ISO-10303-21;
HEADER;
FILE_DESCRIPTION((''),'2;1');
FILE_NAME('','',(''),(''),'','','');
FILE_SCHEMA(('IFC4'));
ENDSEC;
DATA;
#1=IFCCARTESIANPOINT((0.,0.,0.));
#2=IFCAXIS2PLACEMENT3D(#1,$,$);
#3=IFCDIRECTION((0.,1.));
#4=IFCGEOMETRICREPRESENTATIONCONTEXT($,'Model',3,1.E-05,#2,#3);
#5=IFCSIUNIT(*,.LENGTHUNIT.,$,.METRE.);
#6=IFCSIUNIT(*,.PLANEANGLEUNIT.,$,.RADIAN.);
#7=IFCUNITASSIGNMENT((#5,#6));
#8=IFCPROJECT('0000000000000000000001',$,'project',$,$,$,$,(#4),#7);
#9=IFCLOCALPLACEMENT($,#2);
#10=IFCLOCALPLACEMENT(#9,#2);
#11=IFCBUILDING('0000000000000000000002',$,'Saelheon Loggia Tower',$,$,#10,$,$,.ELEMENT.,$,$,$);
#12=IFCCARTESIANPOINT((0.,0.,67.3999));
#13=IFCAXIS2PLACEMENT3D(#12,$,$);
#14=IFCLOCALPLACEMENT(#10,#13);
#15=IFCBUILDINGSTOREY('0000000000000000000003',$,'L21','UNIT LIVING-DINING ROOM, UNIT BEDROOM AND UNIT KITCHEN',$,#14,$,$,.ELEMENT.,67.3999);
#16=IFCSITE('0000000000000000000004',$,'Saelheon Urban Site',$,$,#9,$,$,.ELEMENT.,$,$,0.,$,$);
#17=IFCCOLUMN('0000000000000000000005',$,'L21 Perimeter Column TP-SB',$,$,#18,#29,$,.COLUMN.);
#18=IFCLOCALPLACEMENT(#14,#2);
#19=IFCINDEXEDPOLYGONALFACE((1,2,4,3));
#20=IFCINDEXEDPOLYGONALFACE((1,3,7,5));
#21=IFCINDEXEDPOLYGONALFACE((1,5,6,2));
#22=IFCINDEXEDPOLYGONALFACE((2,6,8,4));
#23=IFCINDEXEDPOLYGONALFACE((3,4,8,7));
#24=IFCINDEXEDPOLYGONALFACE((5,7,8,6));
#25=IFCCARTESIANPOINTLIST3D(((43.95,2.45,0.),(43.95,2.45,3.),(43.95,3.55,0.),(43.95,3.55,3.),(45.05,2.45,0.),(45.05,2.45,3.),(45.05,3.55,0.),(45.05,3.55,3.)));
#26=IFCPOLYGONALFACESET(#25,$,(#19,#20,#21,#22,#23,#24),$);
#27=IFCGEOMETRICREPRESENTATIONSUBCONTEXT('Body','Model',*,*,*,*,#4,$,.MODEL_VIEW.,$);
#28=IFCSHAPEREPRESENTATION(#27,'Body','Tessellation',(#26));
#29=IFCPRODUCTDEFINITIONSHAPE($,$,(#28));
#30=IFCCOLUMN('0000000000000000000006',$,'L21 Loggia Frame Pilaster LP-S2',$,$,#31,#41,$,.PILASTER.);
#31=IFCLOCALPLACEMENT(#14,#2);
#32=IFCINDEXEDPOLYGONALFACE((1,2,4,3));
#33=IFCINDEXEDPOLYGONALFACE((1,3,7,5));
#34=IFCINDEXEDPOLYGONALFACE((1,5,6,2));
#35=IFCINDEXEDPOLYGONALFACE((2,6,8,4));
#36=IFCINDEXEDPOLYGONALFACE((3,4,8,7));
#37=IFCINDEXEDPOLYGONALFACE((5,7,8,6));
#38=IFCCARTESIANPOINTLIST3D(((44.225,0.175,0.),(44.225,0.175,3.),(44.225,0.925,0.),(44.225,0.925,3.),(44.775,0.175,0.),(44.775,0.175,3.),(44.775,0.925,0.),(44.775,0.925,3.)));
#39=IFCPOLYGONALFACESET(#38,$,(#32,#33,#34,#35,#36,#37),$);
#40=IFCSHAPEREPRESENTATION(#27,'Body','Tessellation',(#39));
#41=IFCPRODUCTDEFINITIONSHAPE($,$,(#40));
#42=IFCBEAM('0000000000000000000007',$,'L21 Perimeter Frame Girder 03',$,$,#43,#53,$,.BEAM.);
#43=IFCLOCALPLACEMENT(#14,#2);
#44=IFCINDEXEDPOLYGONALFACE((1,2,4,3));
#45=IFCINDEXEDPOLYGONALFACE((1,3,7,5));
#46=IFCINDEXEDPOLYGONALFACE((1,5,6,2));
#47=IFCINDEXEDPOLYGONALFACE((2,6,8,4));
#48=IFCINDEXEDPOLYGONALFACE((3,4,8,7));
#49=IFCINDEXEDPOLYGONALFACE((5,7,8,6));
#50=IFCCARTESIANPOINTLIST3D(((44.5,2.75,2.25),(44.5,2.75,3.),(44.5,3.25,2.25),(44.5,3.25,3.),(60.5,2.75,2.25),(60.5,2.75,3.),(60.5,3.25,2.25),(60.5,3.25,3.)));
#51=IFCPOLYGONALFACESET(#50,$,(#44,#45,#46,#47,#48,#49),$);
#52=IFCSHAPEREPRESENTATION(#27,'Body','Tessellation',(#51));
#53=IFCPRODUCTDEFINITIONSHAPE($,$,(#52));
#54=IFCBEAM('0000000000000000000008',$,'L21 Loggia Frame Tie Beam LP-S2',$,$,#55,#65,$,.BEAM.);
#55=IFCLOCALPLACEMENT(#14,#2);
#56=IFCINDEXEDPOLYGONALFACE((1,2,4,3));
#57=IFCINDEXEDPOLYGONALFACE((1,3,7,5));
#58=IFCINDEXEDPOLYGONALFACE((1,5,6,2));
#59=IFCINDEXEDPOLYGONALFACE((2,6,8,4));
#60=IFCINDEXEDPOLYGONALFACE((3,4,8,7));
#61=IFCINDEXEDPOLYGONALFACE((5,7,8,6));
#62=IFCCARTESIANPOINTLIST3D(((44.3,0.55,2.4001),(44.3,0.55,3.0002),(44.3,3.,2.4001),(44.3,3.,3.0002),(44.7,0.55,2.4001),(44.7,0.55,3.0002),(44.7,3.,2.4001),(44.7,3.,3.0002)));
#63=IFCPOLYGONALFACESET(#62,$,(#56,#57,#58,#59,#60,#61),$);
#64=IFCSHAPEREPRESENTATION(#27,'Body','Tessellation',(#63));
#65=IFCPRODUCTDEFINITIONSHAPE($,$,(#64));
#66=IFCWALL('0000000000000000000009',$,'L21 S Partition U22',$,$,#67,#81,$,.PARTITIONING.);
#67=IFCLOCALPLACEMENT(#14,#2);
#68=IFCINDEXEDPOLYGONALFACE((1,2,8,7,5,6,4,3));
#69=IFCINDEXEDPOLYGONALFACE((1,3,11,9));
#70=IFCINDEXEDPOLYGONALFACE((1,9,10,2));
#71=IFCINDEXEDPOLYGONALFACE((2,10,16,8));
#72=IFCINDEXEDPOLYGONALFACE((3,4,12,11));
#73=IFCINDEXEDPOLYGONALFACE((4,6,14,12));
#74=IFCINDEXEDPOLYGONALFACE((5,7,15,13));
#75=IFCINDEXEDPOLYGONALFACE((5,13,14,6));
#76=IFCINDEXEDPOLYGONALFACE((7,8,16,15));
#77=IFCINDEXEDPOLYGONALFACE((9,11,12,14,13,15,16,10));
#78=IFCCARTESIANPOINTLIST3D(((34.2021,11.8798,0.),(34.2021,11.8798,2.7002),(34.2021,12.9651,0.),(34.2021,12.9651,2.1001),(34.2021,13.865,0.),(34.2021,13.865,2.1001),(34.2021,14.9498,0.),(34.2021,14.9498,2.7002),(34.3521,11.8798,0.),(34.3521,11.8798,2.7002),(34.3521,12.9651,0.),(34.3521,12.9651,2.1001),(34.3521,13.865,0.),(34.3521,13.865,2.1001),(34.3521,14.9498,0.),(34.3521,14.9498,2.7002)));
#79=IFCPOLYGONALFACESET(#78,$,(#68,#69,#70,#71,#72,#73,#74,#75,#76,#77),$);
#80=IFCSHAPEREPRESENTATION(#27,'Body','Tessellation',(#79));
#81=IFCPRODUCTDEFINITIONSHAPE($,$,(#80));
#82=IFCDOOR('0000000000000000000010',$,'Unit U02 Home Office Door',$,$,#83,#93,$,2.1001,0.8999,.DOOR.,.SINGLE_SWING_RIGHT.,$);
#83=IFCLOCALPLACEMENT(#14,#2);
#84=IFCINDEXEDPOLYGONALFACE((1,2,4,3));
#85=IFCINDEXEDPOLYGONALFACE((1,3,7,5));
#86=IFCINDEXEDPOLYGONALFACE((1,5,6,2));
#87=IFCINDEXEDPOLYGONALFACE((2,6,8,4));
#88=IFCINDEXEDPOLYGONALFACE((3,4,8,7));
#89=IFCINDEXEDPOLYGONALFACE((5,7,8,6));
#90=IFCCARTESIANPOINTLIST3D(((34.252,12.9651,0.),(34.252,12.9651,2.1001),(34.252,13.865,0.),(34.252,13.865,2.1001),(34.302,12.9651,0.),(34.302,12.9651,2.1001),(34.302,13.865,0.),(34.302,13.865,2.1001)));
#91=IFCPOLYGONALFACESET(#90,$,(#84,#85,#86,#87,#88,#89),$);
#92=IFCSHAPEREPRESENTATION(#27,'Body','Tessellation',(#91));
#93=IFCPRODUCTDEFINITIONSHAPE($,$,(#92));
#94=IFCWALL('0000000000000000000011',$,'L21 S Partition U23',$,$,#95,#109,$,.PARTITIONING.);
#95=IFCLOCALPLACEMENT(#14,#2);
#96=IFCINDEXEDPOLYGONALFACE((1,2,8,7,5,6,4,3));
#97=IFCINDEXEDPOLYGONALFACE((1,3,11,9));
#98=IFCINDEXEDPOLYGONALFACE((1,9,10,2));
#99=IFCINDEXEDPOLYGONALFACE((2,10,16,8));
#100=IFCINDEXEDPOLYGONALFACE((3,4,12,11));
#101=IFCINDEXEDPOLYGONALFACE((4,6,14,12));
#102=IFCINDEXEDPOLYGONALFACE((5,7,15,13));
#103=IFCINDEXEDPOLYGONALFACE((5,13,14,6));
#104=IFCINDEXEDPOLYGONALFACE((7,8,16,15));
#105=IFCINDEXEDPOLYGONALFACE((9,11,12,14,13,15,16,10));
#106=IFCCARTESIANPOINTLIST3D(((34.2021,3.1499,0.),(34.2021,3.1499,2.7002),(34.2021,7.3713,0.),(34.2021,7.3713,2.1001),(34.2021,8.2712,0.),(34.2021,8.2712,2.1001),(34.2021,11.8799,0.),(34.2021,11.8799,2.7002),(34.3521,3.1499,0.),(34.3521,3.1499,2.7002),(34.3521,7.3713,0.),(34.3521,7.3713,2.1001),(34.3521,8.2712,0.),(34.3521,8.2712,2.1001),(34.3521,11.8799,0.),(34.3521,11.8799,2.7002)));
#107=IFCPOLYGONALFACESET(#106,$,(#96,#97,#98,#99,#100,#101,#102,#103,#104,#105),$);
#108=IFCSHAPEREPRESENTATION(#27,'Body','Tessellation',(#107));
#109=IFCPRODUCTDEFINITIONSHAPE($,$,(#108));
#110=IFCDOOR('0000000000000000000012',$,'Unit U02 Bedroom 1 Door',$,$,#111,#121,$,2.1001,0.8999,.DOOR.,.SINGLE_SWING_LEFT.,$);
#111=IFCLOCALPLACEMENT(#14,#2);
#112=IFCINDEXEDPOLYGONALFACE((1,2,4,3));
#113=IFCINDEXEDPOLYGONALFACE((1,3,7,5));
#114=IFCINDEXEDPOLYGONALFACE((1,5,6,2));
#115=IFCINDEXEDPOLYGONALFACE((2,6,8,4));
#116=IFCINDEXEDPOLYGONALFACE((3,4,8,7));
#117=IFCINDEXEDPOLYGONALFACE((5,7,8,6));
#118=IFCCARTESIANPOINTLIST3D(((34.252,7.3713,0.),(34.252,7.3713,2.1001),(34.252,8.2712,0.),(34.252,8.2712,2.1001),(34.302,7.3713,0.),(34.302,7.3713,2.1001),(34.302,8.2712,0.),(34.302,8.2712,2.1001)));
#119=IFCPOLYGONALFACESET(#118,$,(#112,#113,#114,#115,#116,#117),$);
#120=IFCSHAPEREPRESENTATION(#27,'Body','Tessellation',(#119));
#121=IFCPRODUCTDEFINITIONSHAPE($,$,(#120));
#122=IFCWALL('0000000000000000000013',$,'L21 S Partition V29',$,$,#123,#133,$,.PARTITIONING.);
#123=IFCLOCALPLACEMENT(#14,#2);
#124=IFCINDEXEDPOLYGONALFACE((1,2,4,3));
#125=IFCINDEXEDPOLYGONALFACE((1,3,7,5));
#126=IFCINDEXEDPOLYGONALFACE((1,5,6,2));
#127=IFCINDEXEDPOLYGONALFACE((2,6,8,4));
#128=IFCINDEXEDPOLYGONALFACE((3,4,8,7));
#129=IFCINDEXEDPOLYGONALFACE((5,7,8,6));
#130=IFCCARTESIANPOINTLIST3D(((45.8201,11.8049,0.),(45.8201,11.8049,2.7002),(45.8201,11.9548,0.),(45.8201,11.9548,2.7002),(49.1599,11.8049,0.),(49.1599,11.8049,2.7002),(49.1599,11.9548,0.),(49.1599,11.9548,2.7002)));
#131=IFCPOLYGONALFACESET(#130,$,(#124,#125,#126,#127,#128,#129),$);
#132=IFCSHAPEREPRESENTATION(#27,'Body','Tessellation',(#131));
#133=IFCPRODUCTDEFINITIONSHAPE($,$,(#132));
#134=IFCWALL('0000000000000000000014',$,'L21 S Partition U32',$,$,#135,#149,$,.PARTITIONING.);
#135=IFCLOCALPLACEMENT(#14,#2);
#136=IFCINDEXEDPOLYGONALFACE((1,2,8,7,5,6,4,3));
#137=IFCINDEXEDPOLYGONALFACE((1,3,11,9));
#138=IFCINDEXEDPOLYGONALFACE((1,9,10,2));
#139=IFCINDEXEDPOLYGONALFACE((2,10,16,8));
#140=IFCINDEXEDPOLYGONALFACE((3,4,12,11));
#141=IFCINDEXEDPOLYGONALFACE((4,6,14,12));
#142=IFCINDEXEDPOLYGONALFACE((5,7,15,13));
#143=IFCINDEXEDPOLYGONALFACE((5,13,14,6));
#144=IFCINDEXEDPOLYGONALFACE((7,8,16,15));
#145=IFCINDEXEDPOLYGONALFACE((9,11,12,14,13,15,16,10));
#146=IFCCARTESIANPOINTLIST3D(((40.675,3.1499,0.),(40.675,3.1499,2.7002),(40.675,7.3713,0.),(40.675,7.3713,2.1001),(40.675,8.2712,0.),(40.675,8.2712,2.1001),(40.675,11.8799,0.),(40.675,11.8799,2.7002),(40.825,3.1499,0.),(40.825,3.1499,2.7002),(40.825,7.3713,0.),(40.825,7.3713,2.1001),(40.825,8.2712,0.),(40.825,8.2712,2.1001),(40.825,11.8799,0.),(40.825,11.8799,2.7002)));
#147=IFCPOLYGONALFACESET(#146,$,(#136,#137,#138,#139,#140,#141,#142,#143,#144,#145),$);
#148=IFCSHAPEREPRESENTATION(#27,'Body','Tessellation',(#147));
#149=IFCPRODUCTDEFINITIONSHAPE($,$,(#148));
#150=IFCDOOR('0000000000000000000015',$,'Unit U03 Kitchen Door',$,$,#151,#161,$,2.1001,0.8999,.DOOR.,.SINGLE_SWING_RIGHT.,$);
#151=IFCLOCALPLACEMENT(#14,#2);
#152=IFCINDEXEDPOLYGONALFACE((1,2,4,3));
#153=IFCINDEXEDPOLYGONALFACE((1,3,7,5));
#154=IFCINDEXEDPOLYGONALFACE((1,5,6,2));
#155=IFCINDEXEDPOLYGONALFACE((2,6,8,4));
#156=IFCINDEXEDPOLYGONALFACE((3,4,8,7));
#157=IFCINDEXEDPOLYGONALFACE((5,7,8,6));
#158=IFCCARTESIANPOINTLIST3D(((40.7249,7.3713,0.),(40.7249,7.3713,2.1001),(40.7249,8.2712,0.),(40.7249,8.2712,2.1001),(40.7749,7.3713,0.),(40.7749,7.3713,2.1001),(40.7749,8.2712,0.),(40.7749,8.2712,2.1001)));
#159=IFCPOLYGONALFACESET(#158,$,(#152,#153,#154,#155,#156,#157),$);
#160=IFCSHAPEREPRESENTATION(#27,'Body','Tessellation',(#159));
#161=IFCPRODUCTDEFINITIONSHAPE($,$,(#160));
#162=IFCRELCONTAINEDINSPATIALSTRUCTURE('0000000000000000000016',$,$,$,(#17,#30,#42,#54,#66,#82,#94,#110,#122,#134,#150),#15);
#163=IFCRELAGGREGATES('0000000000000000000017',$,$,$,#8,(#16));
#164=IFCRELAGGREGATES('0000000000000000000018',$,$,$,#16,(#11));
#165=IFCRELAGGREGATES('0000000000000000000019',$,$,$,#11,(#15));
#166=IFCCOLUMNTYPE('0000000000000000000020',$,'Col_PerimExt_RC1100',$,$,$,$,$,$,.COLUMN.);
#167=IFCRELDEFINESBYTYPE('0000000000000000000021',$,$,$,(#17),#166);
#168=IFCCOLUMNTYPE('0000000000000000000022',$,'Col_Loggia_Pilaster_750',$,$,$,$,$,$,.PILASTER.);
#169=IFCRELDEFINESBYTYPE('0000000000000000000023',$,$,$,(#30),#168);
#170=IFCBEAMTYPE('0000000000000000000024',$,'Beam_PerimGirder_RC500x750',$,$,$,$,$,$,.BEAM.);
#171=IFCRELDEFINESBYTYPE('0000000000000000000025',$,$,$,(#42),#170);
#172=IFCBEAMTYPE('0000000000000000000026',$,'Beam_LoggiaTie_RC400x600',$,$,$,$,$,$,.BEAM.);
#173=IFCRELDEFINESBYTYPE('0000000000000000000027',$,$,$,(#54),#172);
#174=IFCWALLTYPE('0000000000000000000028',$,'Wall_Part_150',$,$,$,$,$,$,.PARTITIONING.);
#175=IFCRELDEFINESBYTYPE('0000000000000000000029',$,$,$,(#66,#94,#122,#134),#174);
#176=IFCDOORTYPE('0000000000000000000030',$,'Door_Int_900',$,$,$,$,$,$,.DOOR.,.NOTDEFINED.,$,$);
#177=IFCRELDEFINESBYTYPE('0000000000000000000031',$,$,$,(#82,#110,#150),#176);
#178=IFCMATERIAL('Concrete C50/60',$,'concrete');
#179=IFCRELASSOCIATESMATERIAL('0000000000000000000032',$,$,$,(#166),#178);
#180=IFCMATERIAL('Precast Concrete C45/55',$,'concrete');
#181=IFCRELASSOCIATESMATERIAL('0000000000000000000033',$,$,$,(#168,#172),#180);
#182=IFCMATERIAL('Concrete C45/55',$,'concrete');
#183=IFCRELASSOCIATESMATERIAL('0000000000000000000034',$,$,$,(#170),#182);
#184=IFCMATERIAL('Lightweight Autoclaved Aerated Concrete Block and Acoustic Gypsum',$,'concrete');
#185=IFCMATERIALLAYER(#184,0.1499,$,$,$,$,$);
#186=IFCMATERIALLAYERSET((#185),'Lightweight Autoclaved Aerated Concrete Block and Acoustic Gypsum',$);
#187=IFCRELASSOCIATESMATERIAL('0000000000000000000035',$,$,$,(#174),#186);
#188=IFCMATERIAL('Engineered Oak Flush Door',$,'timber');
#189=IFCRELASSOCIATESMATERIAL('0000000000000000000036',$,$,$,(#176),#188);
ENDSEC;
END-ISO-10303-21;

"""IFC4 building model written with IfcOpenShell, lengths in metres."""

from ifc_helpers import new_model, si_unit, direction, frame, frame_2d, origin, origin_2d, place, context, subcontext, project, spatial, rectangle, extrude, source, transform, mapped, material, layer, layer_set, material_profile, profile_set, type_object, element, fill, save


model = new_model("IFC4")

# Units and contexts
model_context = context("Model", 3, precision=1e-05, world=origin(), true_north=direction((0.0, 1.0)))
body_context = subcontext(model_context, "Body", "Model", "MODEL_VIEW")
ifc_project = project(units=[si_unit("LENGTHUNIT", "METRE"), si_unit("PLANEANGLEUNIT", "RADIAN")], contexts=[model_context])

# Site, building, storey
site_placement = place(None, origin())
site = spatial("IfcSite", under=ifc_project, at=site_placement, Name="Saelheon Urban Site", CompositionType="ELEMENT", RefElevation=0.0)
building_placement = place(site_placement, origin())
building = spatial("IfcBuilding", under=site, at=building_placement, Name="Saelheon Loggia Tower", CompositionType="ELEMENT")
storey_placement = place(building_placement, frame((0.0, 0.0, 67.3999)))
storey = spatial("IfcBuildingStorey", under=building, at=storey_placement, Name="L21", Description="UNIT LIVING-DINING ROOM, UNIT BEDROOM AND UNIT KITCHEN", CompositionType="ELEMENT", Elevation=67.3999)

# Columns
ifc_material_1 = material(Name="Concrete C50/60", Category="concrete")
ifc_material_profile_1 = material_profile(ifc_material_1, rectangle(XDim=1.1001, YDim=1.1001, at=origin_2d()), Name="RC-1100x1100")
ifc_profile_set_1 = profile_set([ifc_material_profile_1], Name="Concrete C50/60")
column_type_1 = type_object("IfcColumnType", Name="Col_PerimExt_RC1100", PredefinedType="COLUMN", material=ifc_profile_set_1)
shared_shape_1 = source(origin(), body_context, "Body", "SweptSolid", [
    extrude(rectangle(XDim=1.1001, YDim=1.1001, at=origin_2d()), origin(), (0.0, 0.0, 1.0), 3.0),
])
column_1_placement = place(storey_placement, frame((44.5, 3.0, 0.0), z_axis=(0.0, 0.0, 1.0), x_axis=(1.0, 0.0, 0.0)))
element("IfcColumn", 1, at=column_1_placement, inside=storey, type_object=column_type_1, Name="L21 Perimeter Column TP-SB", PredefinedType="COLUMN", context=body_context, shape_type="MappedRepresentation", body=[
    mapped(shared_shape_1, transform((0.0, 0.0, 0.0), scale=1.0)),
])
ifc_material_2 = material(Name="Precast Concrete C45/55", Category="concrete")
ifc_material_profile_2 = material_profile(ifc_material_2, rectangle(XDim=0.55, YDim=0.75, at=origin_2d()), Name="RC-550x750")
ifc_profile_set_2 = profile_set([ifc_material_profile_2], Name="Precast Concrete C45/55")
column_type_2 = type_object("IfcColumnType", Name="Col_Loggia_Pilaster_750", PredefinedType="PILASTER", material=ifc_profile_set_2)
shared_shape_2 = source(origin(), body_context, "Body", "SweptSolid", [
    extrude(rectangle(XDim=0.55, YDim=0.75, at=origin_2d()), origin(), (0.0, 0.0, 1.0), 3.0),
])
column_2_placement = place(storey_placement, frame((44.5, 0.55, 0.0), z_axis=(0.0, 0.0, 1.0), x_axis=(1.0, 0.0, 0.0)))
element("IfcColumn", 2, at=column_2_placement, inside=storey, type_object=column_type_2, Name="L21 Loggia Frame Pilaster LP-S2", PredefinedType="PILASTER", context=body_context, shape_type="MappedRepresentation", body=[
    mapped(shared_shape_2, transform((0.0, 0.0, 0.0), scale=1.0)),
])

# Beams
ifc_material_3 = material(Name="Concrete C45/55", Category="concrete")
ifc_material_profile_3 = material_profile(ifc_material_3, rectangle(XDim=0.5, YDim=0.75, at=origin_2d()), Name="RC-500x750")
ifc_profile_set_3 = profile_set([ifc_material_profile_3], Name="Concrete C45/55")
beam_type_1 = type_object("IfcBeamType", Name="Beam_PerimGirder_RC500x750", PredefinedType="BEAM", material=ifc_profile_set_3)
shared_shape_3 = source(origin(), body_context, "Body", "SweptSolid", [
    extrude(rectangle(XDim=0.5, YDim=0.75, at=origin_2d()), origin(), (0.0, 0.0, 1.0), 16.0),
])
beam_1_placement = place(storey_placement, frame((44.5, 3.0, 2.625), z_axis=(1.0, 0.0, 0.0), x_axis=(0.0, 1.0, 0.0)))
element("IfcBeam", 3, at=beam_1_placement, inside=storey, type_object=beam_type_1, Name="L21 Perimeter Frame Girder 03", PredefinedType="BEAM", context=body_context, shape_type="MappedRepresentation", body=[
    mapped(shared_shape_3, transform((0.0, 0.0, 0.0), scale=1.0)),
])
ifc_material_profile_4 = material_profile(ifc_material_2, rectangle(XDim=0.3999, YDim=0.6001, at=origin_2d()), Name="RC-400x600")
ifc_profile_set_4 = profile_set([ifc_material_profile_4], Name="Precast Concrete C45/55")
beam_type_2 = type_object("IfcBeamType", Name="Beam_LoggiaTie_RC400x600", PredefinedType="BEAM", material=ifc_profile_set_4)
shared_shape_4 = source(origin(), body_context, "Body", "SweptSolid", [
    extrude(rectangle(XDim=0.3999, YDim=0.6001, at=origin_2d()), origin(), (0.0, 0.0, 1.0), 2.45),
])
beam_2_placement = place(storey_placement, frame((44.5, 3.0, 2.7002), z_axis=(0.0, -1.0, 0.0), x_axis=(1.0, 0.0, 0.0)))
element("IfcBeam", 4, at=beam_2_placement, inside=storey, type_object=beam_type_2, Name="L21 Loggia Frame Tie Beam LP-S2", PredefinedType="BEAM", context=body_context, shape_type="MappedRepresentation", body=[
    mapped(shared_shape_4, transform((0.0, 0.0, 0.0), scale=1.0)),
])

# Walls, openings, doors
ifc_material_4 = material(Name="Lightweight Autoclaved Aerated Concrete Block and Acoustic Gypsum", Category="concrete")
ifc_layer_1 = layer(ifc_material_4, 0.1499)
ifc_layer_set_1 = layer_set([ifc_layer_1], Name="Lightweight Autoclaved Aerated Concrete Block and Acoustic Gypsum")
wall_type_1 = type_object("IfcWallType", Name="Wall_Part_150", PredefinedType="PARTITIONING", material=ifc_layer_set_1)
wall_1_placement = place(storey_placement, frame((34.2771, 14.95, 0.0), z_axis=(0.0, 0.0, 1.0), x_axis=(0.0, -1.0, 0.0)))
wall_1 = element("IfcWall", 5, at=wall_1_placement, inside=storey, type_object=wall_type_1, Name="L21 S Partition U22", PredefinedType="PARTITIONING", context=body_context, shape_type="SweptSolid", body=[
    extrude(rectangle(XDim=3.0701, YDim=0.1499, at=frame_2d((1.5352, 0.0))), origin(), (0.0, 0.0, 1.0), 2.7002),
])
opening_1_placement = place(wall_1_placement, frame((1.085, 0.0, 0.0)))
opening_1 = element("IfcOpeningElement", 6, at=opening_1_placement, cuts=wall_1, PredefinedType="OPENING", context=body_context, shape_type="SweptSolid", body=[
    extrude(rectangle(XDim=0.8999, YDim=2.1001, at=frame_2d((0.45, 1.05))), frame((0.0, 0.0869, 0.0), z_axis=(0.0, -1.0, 0.0), x_axis=(1.0, 0.0, 0.0)), (0.0, 0.0, 1.0), 0.1738),
])
ifc_material_5 = material(Name="Engineered Oak Flush Door", Category="timber")
door_type_1 = type_object("IfcDoorType", Name="Door_Int_900", OperationType="NOTDEFINED", PredefinedType="DOOR", material=ifc_material_5)
shared_shape_5 = source(origin(), body_context, "Body", "SweptSolid", [
    extrude(rectangle(XDim=0.8999, YDim=2.1001, at=frame_2d((0.45, 1.05))), frame((0.0, 0.0249, 0.0), z_axis=(0.0, -1.0, 0.0), x_axis=(1.0, 0.0, 0.0)), (0.0, 0.0, 1.0), 0.05),
])
door_1_placement = place(opening_1_placement, origin())
door_1 = element("IfcDoor", 7, at=door_1_placement, inside=storey, type_object=door_type_1, Name="Unit U02 Home Office Door", OperationType="SINGLE_SWING_RIGHT", OverallHeight=2.1001, OverallWidth=0.8999, PredefinedType="DOOR", context=body_context, shape_type="MappedRepresentation", body=[
    mapped(shared_shape_5, transform((0.0, 0.0, 0.0), scale=1.0)),
])
fill(opening_1, door_1)
wall_2_placement = place(storey_placement, frame((34.2771, 11.8799, 0.0), z_axis=(0.0, 0.0, 1.0), x_axis=(0.0, -1.0, 0.0)))
wall_2 = element("IfcWall", 8, at=wall_2_placement, inside=storey, type_object=wall_type_1, Name="L21 S Partition U23", PredefinedType="PARTITIONING", context=body_context, shape_type="SweptSolid", body=[
    extrude(rectangle(XDim=8.73, YDim=0.1499, at=frame_2d((4.365, 0.0))), origin(), (0.0, 0.0, 1.0), 2.7002),
])
opening_2_placement = place(wall_2_placement, frame((3.6086, 0.0, 0.0)))
opening_2 = element("IfcOpeningElement", 9, at=opening_2_placement, cuts=wall_2, PredefinedType="OPENING", context=body_context, shape_type="SweptSolid", body=[
    extrude(rectangle(XDim=0.8999, YDim=2.1001, at=frame_2d((0.45, 1.05))), frame((0.0, 0.0869, 0.0), z_axis=(0.0, -1.0, 0.0), x_axis=(1.0, 0.0, 0.0)), (0.0, 0.0, 1.0), 0.1738),
])
door_2_placement = place(opening_2_placement, origin())
door_2 = element("IfcDoor", 10, at=door_2_placement, inside=storey, type_object=door_type_1, Name="Unit U02 Bedroom 1 Door", OperationType="SINGLE_SWING_LEFT", OverallHeight=2.1001, OverallWidth=0.8999, PredefinedType="DOOR", context=body_context, shape_type="MappedRepresentation", body=[
    mapped(shared_shape_5, transform((0.0, 0.0, 0.0), scale=1.0)),
])
fill(opening_2, door_2)

# Wall
wall_3_placement = place(storey_placement, frame((45.8201, 11.8799, 0.0), z_axis=(0.0, 0.0, 1.0), x_axis=(1.0, 0.0, 0.0)))
element("IfcWall", 11, at=wall_3_placement, inside=storey, type_object=wall_type_1, Name="L21 S Partition V29", PredefinedType="PARTITIONING", context=body_context, shape_type="SweptSolid", body=[
    extrude(rectangle(XDim=3.3398, YDim=0.1499, at=frame_2d((1.6699, 0.0))), origin(), (0.0, 0.0, 1.0), 2.7002),
])

# Wall, opening, door
wall_4_placement = place(storey_placement, frame((40.75, 11.8799, 0.0), z_axis=(0.0, 0.0, 1.0), x_axis=(0.0, -1.0, 0.0)))
wall_4 = element("IfcWall", 12, at=wall_4_placement, inside=storey, type_object=wall_type_1, Name="L21 S Partition U32", PredefinedType="PARTITIONING", context=body_context, shape_type="SweptSolid", body=[
    extrude(rectangle(XDim=8.73, YDim=0.1499, at=frame_2d((4.365, 0.0))), origin(), (0.0, 0.0, 1.0), 2.7002),
])
opening_3_placement = place(wall_4_placement, frame((3.6086, 0.0, 0.0)))
opening_3 = element("IfcOpeningElement", 13, at=opening_3_placement, cuts=wall_4, PredefinedType="OPENING", context=body_context, shape_type="SweptSolid", body=[
    extrude(rectangle(XDim=0.8999, YDim=2.1001, at=frame_2d((0.45, 1.05))), frame((0.0, 0.0869, 0.0), z_axis=(0.0, -1.0, 0.0), x_axis=(1.0, 0.0, 0.0)), (0.0, 0.0, 1.0), 0.1738),
])
door_3_placement = place(opening_3_placement, origin())
door_3 = element("IfcDoor", 14, at=door_3_placement, inside=storey, type_object=door_type_1, Name="Unit U03 Kitchen Door", OperationType="SINGLE_SWING_RIGHT", OverallHeight=2.1001, OverallWidth=0.8999, PredefinedType="DOOR", context=body_context, shape_type="MappedRepresentation", body=[
    mapped(shared_shape_5, transform((0.0, 0.0, 0.0), scale=1.0)),
])
fill(opening_3, door_3)

save(model, "model.ifc")
